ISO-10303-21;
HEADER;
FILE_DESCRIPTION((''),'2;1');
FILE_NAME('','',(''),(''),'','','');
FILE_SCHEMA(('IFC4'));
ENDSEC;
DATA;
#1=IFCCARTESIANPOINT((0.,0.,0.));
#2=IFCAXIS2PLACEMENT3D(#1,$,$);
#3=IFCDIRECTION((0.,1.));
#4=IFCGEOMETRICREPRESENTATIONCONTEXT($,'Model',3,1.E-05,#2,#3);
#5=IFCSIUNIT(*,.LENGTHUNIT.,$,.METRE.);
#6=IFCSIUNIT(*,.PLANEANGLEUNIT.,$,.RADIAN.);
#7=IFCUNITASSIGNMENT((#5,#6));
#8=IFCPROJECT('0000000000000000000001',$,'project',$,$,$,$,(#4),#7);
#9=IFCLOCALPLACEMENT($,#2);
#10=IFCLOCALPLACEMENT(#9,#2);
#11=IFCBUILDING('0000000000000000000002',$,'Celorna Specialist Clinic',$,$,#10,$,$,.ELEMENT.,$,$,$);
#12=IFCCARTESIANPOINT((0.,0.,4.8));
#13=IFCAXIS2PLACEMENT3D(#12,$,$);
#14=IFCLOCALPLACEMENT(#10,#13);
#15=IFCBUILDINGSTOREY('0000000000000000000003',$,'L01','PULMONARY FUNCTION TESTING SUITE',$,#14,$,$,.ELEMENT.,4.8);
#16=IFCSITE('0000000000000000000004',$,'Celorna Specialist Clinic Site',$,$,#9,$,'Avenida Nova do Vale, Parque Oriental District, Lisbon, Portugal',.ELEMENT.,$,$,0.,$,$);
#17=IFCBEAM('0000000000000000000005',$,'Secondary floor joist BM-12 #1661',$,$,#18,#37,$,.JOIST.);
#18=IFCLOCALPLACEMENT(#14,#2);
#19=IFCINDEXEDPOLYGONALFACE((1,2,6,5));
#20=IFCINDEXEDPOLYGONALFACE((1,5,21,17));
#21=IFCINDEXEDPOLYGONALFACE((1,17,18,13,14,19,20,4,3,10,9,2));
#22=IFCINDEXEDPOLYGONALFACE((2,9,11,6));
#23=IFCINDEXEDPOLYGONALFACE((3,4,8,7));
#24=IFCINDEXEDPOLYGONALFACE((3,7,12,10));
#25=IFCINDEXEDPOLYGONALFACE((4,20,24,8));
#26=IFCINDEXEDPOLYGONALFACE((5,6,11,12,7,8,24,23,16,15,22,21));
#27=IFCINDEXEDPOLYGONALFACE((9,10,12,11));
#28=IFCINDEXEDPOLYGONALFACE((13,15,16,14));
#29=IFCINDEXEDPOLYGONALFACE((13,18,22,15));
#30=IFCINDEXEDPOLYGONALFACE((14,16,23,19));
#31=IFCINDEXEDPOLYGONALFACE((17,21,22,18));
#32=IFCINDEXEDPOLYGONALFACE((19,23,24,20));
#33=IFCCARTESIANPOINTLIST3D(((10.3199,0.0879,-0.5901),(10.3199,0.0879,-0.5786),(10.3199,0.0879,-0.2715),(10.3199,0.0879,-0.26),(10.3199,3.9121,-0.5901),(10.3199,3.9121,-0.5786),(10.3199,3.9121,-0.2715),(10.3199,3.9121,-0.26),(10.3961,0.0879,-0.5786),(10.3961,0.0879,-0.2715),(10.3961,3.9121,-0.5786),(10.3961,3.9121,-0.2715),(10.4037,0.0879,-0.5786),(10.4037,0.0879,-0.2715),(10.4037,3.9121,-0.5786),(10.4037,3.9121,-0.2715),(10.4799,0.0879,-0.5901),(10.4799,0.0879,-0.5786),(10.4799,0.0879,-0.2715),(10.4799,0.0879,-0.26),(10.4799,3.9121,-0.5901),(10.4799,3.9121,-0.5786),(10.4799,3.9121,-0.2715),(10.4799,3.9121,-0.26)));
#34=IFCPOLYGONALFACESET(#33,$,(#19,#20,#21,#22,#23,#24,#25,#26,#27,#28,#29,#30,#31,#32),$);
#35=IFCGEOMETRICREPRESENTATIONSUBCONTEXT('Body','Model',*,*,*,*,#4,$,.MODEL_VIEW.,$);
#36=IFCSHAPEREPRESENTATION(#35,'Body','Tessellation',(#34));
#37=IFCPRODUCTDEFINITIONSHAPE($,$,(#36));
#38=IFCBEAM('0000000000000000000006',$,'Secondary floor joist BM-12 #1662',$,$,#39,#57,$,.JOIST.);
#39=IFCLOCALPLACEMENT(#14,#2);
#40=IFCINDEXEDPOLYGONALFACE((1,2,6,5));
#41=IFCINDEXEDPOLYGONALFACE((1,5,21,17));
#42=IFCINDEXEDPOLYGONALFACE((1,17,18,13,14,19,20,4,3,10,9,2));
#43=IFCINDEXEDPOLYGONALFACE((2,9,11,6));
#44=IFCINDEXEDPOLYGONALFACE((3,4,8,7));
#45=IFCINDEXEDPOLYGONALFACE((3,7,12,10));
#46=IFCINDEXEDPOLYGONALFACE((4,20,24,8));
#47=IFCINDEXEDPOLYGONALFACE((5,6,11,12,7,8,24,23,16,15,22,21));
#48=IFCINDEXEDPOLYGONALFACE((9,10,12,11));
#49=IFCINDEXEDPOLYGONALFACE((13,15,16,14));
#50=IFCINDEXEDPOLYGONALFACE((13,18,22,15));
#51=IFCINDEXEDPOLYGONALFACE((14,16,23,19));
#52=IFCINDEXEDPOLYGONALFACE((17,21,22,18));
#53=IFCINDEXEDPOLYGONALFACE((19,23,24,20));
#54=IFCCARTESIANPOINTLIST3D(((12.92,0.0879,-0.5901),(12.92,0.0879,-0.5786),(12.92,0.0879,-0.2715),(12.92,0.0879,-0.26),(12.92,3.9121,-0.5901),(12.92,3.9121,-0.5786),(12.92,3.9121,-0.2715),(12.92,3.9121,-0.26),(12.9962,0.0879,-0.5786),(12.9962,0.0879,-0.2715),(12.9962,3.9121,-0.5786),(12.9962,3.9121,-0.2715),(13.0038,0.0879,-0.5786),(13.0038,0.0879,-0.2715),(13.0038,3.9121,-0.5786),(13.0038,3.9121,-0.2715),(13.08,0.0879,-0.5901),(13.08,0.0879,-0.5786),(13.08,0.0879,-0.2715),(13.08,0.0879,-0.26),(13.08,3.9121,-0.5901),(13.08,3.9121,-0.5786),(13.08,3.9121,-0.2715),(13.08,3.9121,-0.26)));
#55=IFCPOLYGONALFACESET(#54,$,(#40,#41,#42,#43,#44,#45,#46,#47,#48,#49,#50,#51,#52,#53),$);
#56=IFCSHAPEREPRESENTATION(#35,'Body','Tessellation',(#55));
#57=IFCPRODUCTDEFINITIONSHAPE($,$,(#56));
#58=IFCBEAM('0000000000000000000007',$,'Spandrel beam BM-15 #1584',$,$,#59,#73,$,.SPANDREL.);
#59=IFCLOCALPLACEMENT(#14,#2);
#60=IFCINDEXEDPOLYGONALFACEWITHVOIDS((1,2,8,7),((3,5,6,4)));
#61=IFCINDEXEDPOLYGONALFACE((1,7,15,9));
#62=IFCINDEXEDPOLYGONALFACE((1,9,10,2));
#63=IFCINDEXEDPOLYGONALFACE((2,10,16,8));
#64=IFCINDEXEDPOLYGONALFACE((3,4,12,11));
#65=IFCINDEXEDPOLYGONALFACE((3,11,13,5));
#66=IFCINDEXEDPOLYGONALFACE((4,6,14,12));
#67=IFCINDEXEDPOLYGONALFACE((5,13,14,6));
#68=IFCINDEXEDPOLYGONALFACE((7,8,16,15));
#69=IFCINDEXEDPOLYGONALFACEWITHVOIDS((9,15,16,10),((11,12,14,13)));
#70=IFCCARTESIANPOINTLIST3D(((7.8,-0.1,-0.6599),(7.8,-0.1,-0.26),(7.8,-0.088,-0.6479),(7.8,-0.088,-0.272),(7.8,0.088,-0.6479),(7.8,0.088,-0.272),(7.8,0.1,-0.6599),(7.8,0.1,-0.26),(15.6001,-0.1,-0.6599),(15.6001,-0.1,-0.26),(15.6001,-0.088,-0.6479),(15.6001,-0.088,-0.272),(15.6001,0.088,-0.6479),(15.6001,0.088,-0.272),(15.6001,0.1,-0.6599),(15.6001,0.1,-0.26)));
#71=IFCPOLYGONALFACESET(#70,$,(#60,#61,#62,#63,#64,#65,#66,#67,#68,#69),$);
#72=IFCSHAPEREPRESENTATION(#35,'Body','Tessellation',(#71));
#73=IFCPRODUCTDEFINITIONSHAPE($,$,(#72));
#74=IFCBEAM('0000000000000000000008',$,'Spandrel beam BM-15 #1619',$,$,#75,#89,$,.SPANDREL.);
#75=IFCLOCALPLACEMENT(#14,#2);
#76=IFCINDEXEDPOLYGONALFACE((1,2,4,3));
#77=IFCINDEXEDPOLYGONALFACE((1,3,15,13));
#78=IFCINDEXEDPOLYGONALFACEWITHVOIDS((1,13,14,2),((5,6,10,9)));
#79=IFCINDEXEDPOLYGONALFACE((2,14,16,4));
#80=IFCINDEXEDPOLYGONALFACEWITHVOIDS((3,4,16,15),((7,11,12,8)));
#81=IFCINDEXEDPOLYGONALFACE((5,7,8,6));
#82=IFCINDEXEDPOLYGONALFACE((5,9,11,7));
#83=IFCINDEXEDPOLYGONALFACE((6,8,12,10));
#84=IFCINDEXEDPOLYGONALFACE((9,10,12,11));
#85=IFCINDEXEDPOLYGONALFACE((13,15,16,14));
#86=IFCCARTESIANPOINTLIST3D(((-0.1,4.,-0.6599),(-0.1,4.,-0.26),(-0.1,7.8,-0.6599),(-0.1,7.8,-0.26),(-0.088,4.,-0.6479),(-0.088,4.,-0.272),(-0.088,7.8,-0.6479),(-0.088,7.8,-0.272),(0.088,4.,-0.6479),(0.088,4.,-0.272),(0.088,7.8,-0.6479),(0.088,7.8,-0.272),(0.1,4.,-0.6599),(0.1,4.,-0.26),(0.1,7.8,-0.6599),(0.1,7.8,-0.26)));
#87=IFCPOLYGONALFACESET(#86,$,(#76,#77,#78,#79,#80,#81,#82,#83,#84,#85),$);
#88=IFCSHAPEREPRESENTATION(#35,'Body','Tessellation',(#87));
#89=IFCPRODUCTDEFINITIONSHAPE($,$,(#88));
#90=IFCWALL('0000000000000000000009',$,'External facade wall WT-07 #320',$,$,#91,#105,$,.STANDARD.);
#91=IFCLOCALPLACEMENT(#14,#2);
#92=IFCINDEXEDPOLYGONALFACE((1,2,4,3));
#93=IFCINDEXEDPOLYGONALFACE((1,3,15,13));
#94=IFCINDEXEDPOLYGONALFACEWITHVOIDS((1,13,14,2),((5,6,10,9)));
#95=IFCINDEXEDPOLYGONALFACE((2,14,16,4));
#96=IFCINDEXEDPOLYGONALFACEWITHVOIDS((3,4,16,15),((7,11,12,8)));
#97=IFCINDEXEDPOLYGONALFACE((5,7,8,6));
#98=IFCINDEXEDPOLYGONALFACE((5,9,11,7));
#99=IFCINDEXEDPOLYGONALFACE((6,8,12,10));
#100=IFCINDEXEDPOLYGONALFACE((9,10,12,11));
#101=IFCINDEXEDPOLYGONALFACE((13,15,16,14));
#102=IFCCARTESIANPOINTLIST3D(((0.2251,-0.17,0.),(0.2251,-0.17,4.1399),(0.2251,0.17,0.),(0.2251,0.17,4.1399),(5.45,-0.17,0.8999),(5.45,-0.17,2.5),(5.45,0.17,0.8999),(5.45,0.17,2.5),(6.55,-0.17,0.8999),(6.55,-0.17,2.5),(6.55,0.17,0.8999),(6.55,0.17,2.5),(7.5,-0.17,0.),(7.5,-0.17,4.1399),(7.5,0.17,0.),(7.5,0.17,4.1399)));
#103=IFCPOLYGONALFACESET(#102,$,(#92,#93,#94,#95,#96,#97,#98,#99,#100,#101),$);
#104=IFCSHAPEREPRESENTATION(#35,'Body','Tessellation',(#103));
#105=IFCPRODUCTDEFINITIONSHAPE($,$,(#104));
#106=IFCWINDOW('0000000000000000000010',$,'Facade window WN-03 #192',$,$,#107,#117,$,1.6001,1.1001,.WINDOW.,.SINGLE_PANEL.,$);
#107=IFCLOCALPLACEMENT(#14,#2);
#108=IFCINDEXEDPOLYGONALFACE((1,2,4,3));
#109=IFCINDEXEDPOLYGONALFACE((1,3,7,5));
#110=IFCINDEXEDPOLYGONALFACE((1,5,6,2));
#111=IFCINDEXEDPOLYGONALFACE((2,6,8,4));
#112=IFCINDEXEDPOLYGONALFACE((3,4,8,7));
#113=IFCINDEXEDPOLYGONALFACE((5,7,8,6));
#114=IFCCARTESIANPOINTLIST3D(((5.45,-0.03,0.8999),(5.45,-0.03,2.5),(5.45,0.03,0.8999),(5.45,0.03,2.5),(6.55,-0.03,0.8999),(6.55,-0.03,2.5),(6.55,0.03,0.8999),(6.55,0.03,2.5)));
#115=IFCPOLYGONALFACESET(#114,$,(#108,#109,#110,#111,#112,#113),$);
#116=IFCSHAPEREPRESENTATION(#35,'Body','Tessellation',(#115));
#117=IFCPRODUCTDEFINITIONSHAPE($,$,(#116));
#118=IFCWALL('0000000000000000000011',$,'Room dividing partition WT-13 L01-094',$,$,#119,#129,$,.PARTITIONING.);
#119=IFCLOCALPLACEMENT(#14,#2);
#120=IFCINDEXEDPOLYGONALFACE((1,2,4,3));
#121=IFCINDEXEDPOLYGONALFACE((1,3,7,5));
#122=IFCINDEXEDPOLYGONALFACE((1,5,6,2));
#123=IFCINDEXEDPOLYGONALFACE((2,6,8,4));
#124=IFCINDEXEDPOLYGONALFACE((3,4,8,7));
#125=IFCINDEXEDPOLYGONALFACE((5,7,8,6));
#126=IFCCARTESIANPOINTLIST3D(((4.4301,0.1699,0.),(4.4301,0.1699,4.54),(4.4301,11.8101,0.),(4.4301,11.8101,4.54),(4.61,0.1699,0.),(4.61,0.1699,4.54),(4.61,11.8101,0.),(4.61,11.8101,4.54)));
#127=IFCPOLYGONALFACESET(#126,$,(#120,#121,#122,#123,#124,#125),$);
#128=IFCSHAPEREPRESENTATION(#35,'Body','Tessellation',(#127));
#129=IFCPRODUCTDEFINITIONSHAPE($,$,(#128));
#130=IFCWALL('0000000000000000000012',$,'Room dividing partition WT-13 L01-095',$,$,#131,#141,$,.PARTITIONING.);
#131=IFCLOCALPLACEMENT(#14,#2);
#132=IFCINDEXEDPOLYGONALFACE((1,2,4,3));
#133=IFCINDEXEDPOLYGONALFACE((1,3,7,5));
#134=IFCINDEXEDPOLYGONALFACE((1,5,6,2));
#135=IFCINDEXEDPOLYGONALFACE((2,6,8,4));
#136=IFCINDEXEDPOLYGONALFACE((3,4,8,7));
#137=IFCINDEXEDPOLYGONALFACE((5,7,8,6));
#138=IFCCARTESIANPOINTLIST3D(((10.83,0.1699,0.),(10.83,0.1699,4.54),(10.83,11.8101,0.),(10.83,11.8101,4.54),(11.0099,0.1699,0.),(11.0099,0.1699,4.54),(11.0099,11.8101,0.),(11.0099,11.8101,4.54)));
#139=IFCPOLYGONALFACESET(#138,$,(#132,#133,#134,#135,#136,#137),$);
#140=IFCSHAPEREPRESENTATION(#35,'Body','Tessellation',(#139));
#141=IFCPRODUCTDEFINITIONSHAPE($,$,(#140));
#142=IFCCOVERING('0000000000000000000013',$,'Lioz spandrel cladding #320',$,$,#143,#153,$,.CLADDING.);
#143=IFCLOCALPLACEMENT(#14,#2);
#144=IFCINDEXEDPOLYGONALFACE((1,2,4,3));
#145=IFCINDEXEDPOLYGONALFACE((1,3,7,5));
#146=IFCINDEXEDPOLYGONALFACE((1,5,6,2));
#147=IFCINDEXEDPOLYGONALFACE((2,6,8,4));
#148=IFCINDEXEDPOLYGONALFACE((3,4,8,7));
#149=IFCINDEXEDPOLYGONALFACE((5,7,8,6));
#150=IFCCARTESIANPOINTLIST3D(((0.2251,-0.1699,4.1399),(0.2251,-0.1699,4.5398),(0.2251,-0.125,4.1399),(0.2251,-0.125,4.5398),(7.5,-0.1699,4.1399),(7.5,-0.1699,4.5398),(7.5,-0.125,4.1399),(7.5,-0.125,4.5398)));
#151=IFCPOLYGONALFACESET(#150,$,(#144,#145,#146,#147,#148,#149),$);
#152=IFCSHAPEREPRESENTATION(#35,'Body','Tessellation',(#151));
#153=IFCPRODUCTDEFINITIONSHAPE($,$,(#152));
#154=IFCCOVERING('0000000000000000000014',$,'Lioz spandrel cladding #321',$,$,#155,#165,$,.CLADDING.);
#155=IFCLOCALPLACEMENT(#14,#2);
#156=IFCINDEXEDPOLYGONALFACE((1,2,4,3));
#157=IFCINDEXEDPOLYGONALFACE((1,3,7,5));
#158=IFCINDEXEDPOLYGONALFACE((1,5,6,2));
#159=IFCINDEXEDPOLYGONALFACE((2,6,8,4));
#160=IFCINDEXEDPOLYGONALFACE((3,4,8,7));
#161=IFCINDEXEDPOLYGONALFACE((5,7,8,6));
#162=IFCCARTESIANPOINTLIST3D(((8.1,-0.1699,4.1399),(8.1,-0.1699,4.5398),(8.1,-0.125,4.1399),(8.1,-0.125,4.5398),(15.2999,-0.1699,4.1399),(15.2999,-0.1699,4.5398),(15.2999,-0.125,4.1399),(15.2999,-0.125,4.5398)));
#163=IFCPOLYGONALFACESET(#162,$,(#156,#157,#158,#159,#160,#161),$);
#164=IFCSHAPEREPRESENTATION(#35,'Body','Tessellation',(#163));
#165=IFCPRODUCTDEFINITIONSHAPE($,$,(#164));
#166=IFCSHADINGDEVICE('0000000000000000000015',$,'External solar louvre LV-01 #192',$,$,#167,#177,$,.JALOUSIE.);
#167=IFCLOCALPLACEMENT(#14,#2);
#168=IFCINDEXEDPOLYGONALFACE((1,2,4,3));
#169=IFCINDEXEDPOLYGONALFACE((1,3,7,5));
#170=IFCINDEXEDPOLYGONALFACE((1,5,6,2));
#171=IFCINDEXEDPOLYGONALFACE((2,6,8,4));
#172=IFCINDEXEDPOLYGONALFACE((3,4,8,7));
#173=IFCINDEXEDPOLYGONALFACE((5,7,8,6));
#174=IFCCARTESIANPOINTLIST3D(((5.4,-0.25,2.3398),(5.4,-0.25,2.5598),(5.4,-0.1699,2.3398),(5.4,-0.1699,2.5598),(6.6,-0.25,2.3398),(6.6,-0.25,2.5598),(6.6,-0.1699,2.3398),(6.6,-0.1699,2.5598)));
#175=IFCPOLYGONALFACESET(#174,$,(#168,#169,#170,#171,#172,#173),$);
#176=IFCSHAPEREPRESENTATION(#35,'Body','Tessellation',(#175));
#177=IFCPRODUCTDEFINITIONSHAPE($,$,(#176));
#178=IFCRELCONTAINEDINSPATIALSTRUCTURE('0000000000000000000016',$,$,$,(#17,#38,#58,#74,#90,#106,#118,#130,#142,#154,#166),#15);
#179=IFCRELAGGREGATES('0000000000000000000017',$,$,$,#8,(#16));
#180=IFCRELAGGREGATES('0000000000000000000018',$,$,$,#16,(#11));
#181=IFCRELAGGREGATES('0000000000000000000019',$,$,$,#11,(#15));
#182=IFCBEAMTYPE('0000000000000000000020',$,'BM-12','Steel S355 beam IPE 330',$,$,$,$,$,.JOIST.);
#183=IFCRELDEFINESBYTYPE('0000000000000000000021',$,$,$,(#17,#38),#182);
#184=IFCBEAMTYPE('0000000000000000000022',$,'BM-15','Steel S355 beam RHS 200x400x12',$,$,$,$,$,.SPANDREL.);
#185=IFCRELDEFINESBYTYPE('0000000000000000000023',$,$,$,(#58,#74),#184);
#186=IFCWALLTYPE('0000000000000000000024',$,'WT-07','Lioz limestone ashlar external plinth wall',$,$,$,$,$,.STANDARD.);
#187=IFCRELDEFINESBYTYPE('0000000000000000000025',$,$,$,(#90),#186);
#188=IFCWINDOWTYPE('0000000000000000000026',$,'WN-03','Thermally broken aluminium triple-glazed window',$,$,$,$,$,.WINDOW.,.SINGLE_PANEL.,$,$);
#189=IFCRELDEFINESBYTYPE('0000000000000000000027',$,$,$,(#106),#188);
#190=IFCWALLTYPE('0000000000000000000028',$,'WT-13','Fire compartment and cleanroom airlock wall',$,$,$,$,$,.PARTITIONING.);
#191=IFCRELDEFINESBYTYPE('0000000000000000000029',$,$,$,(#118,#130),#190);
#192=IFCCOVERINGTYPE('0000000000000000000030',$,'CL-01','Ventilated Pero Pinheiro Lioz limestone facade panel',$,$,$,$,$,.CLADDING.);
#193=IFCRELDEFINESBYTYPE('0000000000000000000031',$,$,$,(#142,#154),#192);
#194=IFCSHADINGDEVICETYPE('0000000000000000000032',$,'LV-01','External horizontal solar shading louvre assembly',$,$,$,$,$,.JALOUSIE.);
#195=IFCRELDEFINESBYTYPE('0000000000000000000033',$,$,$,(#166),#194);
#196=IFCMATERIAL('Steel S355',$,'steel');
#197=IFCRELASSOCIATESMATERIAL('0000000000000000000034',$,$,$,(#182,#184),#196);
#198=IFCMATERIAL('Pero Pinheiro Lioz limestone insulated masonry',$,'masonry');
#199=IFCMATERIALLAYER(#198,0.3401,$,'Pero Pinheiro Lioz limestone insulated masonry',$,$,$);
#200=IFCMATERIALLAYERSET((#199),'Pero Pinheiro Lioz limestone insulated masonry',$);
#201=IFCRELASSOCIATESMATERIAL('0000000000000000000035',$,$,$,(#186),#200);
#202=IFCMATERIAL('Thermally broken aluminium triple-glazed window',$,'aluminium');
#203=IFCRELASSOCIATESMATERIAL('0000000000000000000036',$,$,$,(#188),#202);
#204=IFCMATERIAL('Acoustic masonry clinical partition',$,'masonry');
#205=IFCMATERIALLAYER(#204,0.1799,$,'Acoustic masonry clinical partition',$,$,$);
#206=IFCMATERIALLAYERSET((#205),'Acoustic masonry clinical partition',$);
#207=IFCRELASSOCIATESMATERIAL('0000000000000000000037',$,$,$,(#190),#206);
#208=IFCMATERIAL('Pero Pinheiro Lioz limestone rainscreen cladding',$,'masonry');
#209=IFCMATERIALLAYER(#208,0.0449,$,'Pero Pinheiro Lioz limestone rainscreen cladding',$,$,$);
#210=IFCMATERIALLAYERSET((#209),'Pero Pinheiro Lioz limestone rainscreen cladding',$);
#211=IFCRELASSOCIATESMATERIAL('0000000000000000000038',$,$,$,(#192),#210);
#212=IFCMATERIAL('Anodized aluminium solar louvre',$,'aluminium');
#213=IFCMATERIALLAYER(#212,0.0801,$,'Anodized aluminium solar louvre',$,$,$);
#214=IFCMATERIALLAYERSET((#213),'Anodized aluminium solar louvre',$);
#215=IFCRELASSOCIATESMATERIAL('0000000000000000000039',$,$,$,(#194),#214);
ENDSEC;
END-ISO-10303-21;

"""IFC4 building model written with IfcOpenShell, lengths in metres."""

from ifc_helpers import new_model, si_unit, direction, frame, frame_2d, origin, origin_2d, place, context, subcontext, project, spatial, rectangle, hollow_rectangle, i_section, extrude, material, layer, layer_set, material_profile, profile_set, type_object, element, fill, save


model = new_model("IFC4")

# Units and contexts
model_context = context("Model", 3, precision=1e-05, world=origin(), true_north=direction((0.0, 1.0)))
body_context = subcontext(model_context, "Body", "Model", "MODEL_VIEW")
ifc_project = project(units=[si_unit("LENGTHUNIT", "METRE"), si_unit("PLANEANGLEUNIT", "RADIAN")], contexts=[model_context])

# Site, building, storey
site_placement = place(None, origin())
site = spatial("IfcSite", under=ifc_project, at=site_placement, Name="Celorna Specialist Clinic Site", LongName="Avenida Nova do Vale, Parque Oriental District, Lisbon, Portugal", CompositionType="ELEMENT", RefElevation=0.0)
building_placement = place(site_placement, origin())
building = spatial("IfcBuilding", under=site, at=building_placement, Name="Celorna Specialist Clinic", CompositionType="ELEMENT")
storey_placement = place(building_placement, frame((0.0, 0.0, 4.8)))
storey = spatial("IfcBuildingStorey", under=building, at=storey_placement, Name="L01", Description="PULMONARY FUNCTION TESTING SUITE", CompositionType="ELEMENT", Elevation=4.8)

# Beams
ifc_material_1 = material(Name="Steel S355", Category="steel")
ifc_material_profile_1 = material_profile(ifc_material_1, i_section(OverallWidth=0.1599, OverallDepth=0.3301, WebThickness=0.0076, FlangeThickness=0.0115, at=origin_2d()), Name="IPE 330")
ifc_profile_set_1 = profile_set([ifc_material_profile_1], Name="Steel S355")
beam_type_1 = type_object("IfcBeamType", Name="BM-12", Description="Steel S355 beam IPE 330", PredefinedType="JOIST", material=ifc_profile_set_1)
for number, where, z_axis, x_axis, name in (
    (1, (10.3999, 0.0879, -0.425), (0.0, 1.0, 0.0), (-1.0, 0.0, 0.0), "Secondary floor joist BM-12 #1661"),
    (2, (13.0, 0.0879, -0.425), (0.0, 1.0, 0.0), (-1.0, 0.0, 0.0), "Secondary floor joist BM-12 #1662"),
):
    element("IfcBeam", number, at=place(storey_placement, frame(where, z_axis=z_axis, x_axis=x_axis)), inside=storey, type_object=beam_type_1, Name=name, PredefinedType="JOIST", context=body_context, shape_type="SweptSolid", body=[
        extrude(i_section(OverallWidth=0.1599, OverallDepth=0.3301, WebThickness=0.0076, FlangeThickness=0.0115, at=origin_2d()), origin(), (0.0, 0.0, 1.0), 3.8242),
    ])
ifc_material_profile_2 = material_profile(ifc_material_1, hollow_rectangle(XDim=0.2, YDim=0.3999, WallThickness=0.012, at=origin_2d()), Name="RHS 200x400x12")
ifc_profile_set_2 = profile_set([ifc_material_profile_2], Name="Steel S355")
beam_type_2 = type_object("IfcBeamType", Name="BM-15", Description="Steel S355 beam RHS 200x400x12", PredefinedType="SPANDREL", material=ifc_profile_set_2)
beam_1_placement = place(storey_placement, frame((7.8, 0.0, -0.46), z_axis=(1.0, 0.0, 0.0), x_axis=(0.0, 1.0, 0.0)))
element("IfcBeam", 3, at=beam_1_placement, inside=storey, type_object=beam_type_2, Name="Spandrel beam BM-15 #1584", PredefinedType="SPANDREL", context=body_context, shape_type="SweptSolid", body=[
    extrude(hollow_rectangle(XDim=0.2, YDim=0.3999, WallThickness=0.012, at=origin_2d()), origin(), (0.0, 0.0, 1.0), 7.8),
])
beam_2_placement = place(storey_placement, frame((0.0, 4.0, -0.46), z_axis=(0.0, 1.0, 0.0), x_axis=(-1.0, 0.0, 0.0)))
element("IfcBeam", 4, at=beam_2_placement, inside=storey, type_object=beam_type_2, Name="Spandrel beam BM-15 #1619", PredefinedType="SPANDREL", context=body_context, shape_type="SweptSolid", body=[
    extrude(hollow_rectangle(XDim=0.2, YDim=0.3999, WallThickness=0.012, at=origin_2d()), origin(), (0.0, 0.0, 1.0), 3.8),
])

# Wall, opening, window
ifc_material_2 = material(Name="Pero Pinheiro Lioz limestone insulated masonry", Category="masonry")
ifc_layer_1 = layer(ifc_material_2, 0.3401, Name="Pero Pinheiro Lioz limestone insulated masonry")
ifc_layer_set_1 = layer_set([ifc_layer_1], Name="Pero Pinheiro Lioz limestone insulated masonry")
wall_type_1 = type_object("IfcWallType", Name="WT-07", Description="Lioz limestone ashlar external plinth wall", PredefinedType="STANDARD", material=ifc_layer_set_1)
wall_placement = place(storey_placement, frame((7.5, 0.0, 0.0), z_axis=(0.0, 0.0, 1.0), x_axis=(-1.0, 0.0, 0.0)))
wall = element("IfcWall", 5, at=wall_placement, inside=storey, type_object=wall_type_1, Name="External facade wall WT-07 #320", PredefinedType="STANDARD", context=body_context, shape_type="SweptSolid", body=[
    extrude(rectangle(XDim=7.2749, YDim=0.3401, at=frame_2d((3.6375, 0.0))), origin(), (0.0, 0.0, 1.0), 4.1399),
])
opening_placement = place(wall_placement, frame((0.95, 0.0, 0.8999)))
opening = element("IfcOpeningElement", 6, at=opening_placement, cuts=wall, PredefinedType="OPENING", context=body_context, shape_type="SweptSolid", body=[
    extrude(rectangle(XDim=1.1001, YDim=1.6001, at=frame_2d((0.55, 0.8))), frame((0.0, 0.1799, 0.0), z_axis=(0.0, -1.0, 0.0), x_axis=(1.0, 0.0, 0.0)), (0.0, 0.0, 1.0), 0.3601),
])
ifc_material_3 = material(Name="Thermally broken aluminium triple-glazed window", Category="aluminium")
window_type = type_object("IfcWindowType", Name="WN-03", Description="Thermally broken aluminium triple-glazed window", PartitioningType="SINGLE_PANEL", PredefinedType="WINDOW", material=ifc_material_3)
window_placement = place(opening_placement, origin())
window = element("IfcWindow", 7, at=window_placement, inside=storey, type_object=window_type, Name="Facade window WN-03 #192", OverallHeight=1.6001, OverallWidth=1.1001, PartitioningType="SINGLE_PANEL", PredefinedType="WINDOW", context=body_context, shape_type="SweptSolid", body=[
    extrude(rectangle(XDim=1.1001, YDim=1.6001, at=frame_2d((0.55, 0.8))), frame((0.0, 0.03, 0.0), z_axis=(0.0, -1.0, 0.0), x_axis=(1.0, 0.0, 0.0)), (0.0, 0.0, 1.0), 0.0601),
])
fill(opening, window)

# Walls
ifc_material_4 = material(Name="Acoustic masonry clinical partition", Category="masonry")
ifc_layer_2 = layer(ifc_material_4, 0.1799, Name="Acoustic masonry clinical partition")
ifc_layer_set_2 = layer_set([ifc_layer_2], Name="Acoustic masonry clinical partition")
wall_type_2 = type_object("IfcWallType", Name="WT-13", Description="Fire compartment and cleanroom airlock wall", PredefinedType="PARTITIONING", material=ifc_layer_set_2)
for number, where, z_axis, x_axis, name in (
    (8, (4.52, 0.1699, 0.0), (0.0, 0.0, 1.0), (0.0, 1.0, 0.0), "Room dividing partition WT-13 L01-094"),
    (9, (10.9199, 0.1699, 0.0), (0.0, 0.0, 1.0), (0.0, 1.0, 0.0), "Room dividing partition WT-13 L01-095"),
):
    element("IfcWall", number, at=place(storey_placement, frame(where, z_axis=z_axis, x_axis=x_axis)), inside=storey, type_object=wall_type_2, Name=name, PredefinedType="PARTITIONING", context=body_context, shape_type="SweptSolid", body=[
        extrude(rectangle(XDim=11.6401, YDim=0.1799, at=frame_2d((5.8201, 0.0))), origin(), (0.0, 0.0, 1.0), 4.54),
    ])

# Coverings
ifc_material_5 = material(Name="Pero Pinheiro Lioz limestone rainscreen cladding", Category="masonry")
ifc_layer_3 = layer(ifc_material_5, 0.0449, Name="Pero Pinheiro Lioz limestone rainscreen cladding")
ifc_layer_set_3 = layer_set([ifc_layer_3], Name="Pero Pinheiro Lioz limestone rainscreen cladding")
covering_type = type_object("IfcCoveringType", Name="CL-01", Description="Ventilated Pero Pinheiro Lioz limestone facade panel", PredefinedType="CLADDING", material=ifc_layer_set_3)
covering_1_placement = place(storey_placement, frame((3.8625, -0.1475, 4.1399), z_axis=(0.0, 0.0, 1.0), x_axis=(-1.0, 0.0, 0.0)))
element("IfcCovering", 10, at=covering_1_placement, inside=storey, type_object=covering_type, Name="Lioz spandrel cladding #320", PredefinedType="CLADDING", context=body_context, shape_type="SweptSolid", body=[
    extrude(rectangle(XDim=7.2749, YDim=0.0449, at=origin_2d()), origin(), (0.0, 0.0, 1.0), 0.3999),
])
covering_2_placement = place(storey_placement, frame((11.7, -0.1475, 4.1399), z_axis=(0.0, 0.0, 1.0), x_axis=(-1.0, 0.0, 0.0)))
element("IfcCovering", 11, at=covering_2_placement, inside=storey, type_object=covering_type, Name="Lioz spandrel cladding #321", PredefinedType="CLADDING", context=body_context, shape_type="SweptSolid", body=[
    extrude(rectangle(XDim=7.2, YDim=0.0449, at=origin_2d()), origin(), (0.0, 0.0, 1.0), 0.3999),
])

# Shading device
ifc_material_6 = material(Name="Anodized aluminium solar louvre", Category="aluminium")
ifc_layer_4 = layer(ifc_material_6, 0.0801, Name="Anodized aluminium solar louvre")
ifc_layer_set_4 = layer_set([ifc_layer_4], Name="Anodized aluminium solar louvre")
shading_device_type = type_object("IfcShadingDeviceType", Name="LV-01", Description="External horizontal solar shading louvre assembly", PredefinedType="JALOUSIE", material=ifc_layer_set_4)
shading_device_placement = place(storey_placement, frame((6.0, -0.21, 2.3398), z_axis=(0.0, 0.0, 1.0), x_axis=(-1.0, 0.0, 0.0)))
element("IfcShadingDevice", 12, at=shading_device_placement, inside=storey, type_object=shading_device_type, Name="External solar louvre LV-01 #192", PredefinedType="JALOUSIE", context=body_context, shape_type="SweptSolid", body=[
    extrude(rectangle(XDim=1.2, YDim=0.0801, at=origin_2d()), origin(), (0.0, 0.0, 1.0), 0.22),
])

save(model, "model.ifc")
